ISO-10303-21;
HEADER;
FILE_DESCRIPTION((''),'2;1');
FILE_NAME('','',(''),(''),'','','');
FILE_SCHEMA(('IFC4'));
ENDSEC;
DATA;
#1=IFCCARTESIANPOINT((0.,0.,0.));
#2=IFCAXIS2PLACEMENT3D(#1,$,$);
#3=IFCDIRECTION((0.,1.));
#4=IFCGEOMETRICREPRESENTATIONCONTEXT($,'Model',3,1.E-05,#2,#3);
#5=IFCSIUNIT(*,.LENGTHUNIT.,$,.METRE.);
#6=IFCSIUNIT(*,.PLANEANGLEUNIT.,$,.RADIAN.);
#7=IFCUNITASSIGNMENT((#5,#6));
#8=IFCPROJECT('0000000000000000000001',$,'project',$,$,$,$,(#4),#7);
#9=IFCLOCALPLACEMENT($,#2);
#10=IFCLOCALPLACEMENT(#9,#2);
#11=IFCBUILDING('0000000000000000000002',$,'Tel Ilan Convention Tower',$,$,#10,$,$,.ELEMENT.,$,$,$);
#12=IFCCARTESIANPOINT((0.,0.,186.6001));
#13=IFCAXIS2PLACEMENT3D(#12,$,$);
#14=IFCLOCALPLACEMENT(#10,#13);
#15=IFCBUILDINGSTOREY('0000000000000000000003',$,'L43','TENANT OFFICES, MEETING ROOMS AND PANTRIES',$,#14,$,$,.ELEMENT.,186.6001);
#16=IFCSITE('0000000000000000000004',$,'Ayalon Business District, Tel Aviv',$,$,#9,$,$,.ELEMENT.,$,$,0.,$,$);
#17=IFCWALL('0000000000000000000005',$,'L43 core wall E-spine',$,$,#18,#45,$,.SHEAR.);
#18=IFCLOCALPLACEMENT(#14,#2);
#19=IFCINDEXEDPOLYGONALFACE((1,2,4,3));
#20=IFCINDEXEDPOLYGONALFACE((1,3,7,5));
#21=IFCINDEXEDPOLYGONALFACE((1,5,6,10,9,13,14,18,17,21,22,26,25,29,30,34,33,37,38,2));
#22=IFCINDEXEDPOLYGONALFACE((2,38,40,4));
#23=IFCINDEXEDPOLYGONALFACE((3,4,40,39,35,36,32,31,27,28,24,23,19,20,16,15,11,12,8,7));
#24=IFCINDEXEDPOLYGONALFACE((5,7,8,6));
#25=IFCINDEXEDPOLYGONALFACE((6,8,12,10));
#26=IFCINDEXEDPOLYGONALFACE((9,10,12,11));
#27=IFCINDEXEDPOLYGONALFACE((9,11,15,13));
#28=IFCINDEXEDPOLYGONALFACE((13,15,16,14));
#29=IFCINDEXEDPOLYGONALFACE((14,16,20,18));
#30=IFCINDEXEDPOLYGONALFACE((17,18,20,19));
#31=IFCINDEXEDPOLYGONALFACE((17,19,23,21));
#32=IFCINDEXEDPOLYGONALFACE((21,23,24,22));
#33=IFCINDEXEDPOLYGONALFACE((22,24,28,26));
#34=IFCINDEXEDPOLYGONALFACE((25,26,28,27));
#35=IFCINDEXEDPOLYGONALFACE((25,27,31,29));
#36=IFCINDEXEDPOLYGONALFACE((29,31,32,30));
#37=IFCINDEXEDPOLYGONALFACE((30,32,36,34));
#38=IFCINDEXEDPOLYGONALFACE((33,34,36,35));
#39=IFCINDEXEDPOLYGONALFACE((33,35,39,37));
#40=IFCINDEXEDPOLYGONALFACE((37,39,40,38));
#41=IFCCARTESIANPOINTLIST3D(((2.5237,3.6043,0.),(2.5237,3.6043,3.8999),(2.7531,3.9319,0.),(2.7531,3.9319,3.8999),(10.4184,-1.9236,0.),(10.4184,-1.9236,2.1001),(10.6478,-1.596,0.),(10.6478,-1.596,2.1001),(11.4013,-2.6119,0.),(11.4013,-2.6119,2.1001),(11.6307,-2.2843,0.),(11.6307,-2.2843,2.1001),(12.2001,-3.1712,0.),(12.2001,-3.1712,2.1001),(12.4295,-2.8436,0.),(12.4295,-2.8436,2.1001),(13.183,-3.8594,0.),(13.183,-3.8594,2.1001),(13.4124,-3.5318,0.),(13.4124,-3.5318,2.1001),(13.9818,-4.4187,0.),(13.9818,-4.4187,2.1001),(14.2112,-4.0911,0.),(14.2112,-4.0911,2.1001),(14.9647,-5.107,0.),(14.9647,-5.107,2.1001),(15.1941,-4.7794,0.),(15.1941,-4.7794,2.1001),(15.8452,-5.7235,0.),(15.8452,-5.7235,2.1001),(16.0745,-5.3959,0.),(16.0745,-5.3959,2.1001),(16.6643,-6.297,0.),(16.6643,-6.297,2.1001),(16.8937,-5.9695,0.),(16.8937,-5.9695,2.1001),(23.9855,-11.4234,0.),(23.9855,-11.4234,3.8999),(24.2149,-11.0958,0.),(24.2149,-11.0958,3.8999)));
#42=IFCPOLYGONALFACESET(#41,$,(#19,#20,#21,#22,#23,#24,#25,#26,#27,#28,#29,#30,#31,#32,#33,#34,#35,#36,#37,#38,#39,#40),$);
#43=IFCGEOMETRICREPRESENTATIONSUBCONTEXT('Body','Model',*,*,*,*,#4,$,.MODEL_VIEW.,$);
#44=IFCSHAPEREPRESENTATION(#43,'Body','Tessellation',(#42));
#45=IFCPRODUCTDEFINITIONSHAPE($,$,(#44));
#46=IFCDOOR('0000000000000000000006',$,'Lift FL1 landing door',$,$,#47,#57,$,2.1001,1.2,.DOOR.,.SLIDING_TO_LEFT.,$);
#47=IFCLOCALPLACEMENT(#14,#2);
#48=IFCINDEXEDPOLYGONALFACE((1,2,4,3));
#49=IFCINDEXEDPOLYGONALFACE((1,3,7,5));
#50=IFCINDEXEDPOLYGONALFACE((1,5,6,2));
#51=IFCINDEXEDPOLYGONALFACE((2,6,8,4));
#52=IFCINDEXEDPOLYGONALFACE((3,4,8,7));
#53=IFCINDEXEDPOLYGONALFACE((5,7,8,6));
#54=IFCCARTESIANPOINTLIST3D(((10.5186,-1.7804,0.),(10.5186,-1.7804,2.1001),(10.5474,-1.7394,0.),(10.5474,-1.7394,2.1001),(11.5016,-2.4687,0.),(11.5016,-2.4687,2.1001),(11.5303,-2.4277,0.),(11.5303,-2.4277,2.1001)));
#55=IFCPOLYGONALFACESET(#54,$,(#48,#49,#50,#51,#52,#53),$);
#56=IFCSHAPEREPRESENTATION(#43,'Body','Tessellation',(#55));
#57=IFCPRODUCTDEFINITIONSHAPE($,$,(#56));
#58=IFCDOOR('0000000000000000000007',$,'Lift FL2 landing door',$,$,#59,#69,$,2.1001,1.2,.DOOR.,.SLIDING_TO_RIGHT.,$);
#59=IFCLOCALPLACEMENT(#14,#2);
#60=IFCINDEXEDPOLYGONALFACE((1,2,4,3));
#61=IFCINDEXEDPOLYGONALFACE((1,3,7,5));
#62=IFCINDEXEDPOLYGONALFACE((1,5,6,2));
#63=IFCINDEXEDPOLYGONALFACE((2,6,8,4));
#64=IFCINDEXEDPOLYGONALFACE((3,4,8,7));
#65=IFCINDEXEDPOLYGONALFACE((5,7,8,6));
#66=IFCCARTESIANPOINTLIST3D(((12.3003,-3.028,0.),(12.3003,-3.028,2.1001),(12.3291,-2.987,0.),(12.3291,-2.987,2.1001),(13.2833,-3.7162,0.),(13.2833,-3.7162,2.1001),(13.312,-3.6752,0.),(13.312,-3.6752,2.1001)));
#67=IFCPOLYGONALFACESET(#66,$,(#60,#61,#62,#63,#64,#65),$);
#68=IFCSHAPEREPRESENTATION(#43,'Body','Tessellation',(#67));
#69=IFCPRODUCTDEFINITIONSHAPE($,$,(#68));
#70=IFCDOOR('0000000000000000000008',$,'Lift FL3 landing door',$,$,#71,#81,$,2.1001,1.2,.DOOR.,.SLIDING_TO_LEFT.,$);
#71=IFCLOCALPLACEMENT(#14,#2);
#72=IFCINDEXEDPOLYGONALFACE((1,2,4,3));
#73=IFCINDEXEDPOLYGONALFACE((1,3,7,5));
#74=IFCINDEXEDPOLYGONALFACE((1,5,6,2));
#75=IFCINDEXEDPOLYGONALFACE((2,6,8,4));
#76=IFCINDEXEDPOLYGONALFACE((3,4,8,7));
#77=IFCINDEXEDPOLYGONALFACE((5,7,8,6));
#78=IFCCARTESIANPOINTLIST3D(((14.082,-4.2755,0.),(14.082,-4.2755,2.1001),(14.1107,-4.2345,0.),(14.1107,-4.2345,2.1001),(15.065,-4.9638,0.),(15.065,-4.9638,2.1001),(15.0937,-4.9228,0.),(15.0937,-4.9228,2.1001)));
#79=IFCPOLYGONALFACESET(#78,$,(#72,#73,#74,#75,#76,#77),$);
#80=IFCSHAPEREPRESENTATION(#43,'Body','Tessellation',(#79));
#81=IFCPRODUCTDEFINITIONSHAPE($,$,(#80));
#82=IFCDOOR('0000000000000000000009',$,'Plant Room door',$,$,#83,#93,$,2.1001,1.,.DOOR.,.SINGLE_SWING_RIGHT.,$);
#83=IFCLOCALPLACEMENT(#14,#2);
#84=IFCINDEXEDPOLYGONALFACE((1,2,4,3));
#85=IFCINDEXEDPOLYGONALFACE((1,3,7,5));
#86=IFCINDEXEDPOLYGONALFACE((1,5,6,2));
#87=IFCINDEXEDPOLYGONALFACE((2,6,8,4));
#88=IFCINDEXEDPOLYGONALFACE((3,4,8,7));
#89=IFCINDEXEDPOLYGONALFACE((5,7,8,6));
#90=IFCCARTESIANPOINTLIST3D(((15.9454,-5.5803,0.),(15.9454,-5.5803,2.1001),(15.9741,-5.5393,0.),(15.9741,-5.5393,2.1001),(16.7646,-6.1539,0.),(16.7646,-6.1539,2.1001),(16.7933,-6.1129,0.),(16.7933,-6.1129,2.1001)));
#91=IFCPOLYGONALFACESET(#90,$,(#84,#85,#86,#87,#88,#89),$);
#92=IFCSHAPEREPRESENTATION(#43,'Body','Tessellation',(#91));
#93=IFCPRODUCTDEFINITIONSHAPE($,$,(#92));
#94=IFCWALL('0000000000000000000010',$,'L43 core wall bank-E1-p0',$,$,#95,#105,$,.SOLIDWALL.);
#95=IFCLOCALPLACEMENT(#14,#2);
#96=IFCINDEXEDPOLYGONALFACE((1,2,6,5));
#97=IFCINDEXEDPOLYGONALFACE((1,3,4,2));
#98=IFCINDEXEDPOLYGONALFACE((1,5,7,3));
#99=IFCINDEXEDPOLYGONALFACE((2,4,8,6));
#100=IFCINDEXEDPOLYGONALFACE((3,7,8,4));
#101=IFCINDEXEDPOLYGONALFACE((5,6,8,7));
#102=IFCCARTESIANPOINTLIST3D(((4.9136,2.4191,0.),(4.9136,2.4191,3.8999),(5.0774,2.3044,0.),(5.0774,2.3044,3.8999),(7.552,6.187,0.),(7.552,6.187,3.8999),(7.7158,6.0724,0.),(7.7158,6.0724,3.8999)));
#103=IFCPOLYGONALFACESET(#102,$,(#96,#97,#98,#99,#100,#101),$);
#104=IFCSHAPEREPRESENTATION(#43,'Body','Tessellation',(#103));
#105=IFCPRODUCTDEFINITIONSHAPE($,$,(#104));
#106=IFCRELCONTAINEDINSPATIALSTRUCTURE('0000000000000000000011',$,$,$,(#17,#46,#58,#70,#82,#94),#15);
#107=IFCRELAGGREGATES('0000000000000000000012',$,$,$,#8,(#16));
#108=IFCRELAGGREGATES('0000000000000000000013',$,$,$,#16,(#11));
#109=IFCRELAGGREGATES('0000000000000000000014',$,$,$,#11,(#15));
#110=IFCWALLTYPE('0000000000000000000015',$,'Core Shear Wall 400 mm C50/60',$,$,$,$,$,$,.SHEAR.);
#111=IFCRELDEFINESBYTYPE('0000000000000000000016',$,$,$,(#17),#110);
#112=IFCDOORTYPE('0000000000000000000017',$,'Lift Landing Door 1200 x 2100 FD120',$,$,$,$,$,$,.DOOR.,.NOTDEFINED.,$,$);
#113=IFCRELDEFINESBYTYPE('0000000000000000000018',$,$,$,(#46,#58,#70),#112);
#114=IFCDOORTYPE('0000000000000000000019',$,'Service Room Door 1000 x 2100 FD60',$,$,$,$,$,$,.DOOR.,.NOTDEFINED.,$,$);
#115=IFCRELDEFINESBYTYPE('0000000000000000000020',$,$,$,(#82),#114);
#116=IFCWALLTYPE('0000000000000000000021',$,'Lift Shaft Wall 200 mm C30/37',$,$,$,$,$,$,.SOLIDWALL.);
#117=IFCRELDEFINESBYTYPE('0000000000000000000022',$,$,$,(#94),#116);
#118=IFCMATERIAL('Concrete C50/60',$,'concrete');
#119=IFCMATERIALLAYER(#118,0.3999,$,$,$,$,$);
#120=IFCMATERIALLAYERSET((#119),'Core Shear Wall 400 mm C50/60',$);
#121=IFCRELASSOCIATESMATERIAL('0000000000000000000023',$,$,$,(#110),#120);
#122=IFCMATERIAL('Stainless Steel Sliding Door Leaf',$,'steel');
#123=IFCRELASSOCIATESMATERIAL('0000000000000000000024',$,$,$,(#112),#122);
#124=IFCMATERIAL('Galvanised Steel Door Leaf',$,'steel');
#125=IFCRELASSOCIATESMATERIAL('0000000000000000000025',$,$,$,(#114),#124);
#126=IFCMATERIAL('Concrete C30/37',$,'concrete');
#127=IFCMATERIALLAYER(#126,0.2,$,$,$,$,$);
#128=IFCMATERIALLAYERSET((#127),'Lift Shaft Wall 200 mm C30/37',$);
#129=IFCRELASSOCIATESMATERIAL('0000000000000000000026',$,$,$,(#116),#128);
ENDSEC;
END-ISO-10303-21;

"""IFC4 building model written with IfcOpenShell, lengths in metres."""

from ifc_helpers import new_model, si_unit, direction, frame, frame_2d, origin, place, context, subcontext, project, spatial, polyline, rectangle, outline, extrude, material, layer, layer_set, type_object, element, fill, save


model = new_model("IFC4")

# Units and contexts
model_context = context("Model", 3, precision=1e-05, world=origin(), true_north=direction((0.0, 1.0)))
body_context = subcontext(model_context, "Body", "Model", "MODEL_VIEW")
ifc_project = project(units=[si_unit("LENGTHUNIT", "METRE"), si_unit("PLANEANGLEUNIT", "RADIAN")], contexts=[model_context])

# Site, building, storey
site_placement = place(None, origin())
site = spatial("IfcSite", under=ifc_project, at=site_placement, Name="Ayalon Business District, Tel Aviv", CompositionType="ELEMENT", RefElevation=0.0)
building_placement = place(site_placement, origin())
building = spatial("IfcBuilding", under=site, at=building_placement, Name="Tel Ilan Convention Tower", CompositionType="ELEMENT")
storey_placement = place(building_placement, frame((0.0, 0.0, 186.6001)))
storey = spatial("IfcBuildingStorey", under=building, at=storey_placement, Name="L43", Description="TENANT OFFICES, MEETING ROOMS AND PANTRIES", CompositionType="ELEMENT", Elevation=186.6001)

# Wall, openings, doors
ifc_material_1 = material(Name="Concrete C50/60", Category="concrete")
ifc_layer_1 = layer(ifc_material_1, 0.3999)
ifc_layer_set_1 = layer_set([ifc_layer_1], Name="Core Shear Wall 400 mm C50/60")
wall_type_1 = type_object("IfcWallType", Name="Core Shear Wall 400 mm C50/60", PredefinedType="SHEAR", material=ifc_layer_set_1)
wall_1_placement = place(storey_placement, frame((2.6384, 3.7681, 0.0), z_axis=(0.0, 0.0, 1.0), x_axis=(0.819153, -0.573576, 0.0)))
wall_1 = element("IfcWall", 1, at=wall_1_placement, inside=storey, type_object=wall_type_1, Name="L43 core wall E-spine", PredefinedType="SHEAR", context=body_context, shape_type="SweptSolid", body=[
    extrude(outline(polyline([(0.0, 0.2), (0.0, -0.2), (26.2, -0.2), (26.2, 0.2), (0.0, 0.2)])), origin(), (0.0, 0.0, 1.0), 3.8999),
])
opening_1_placement = place(wall_1_placement, frame((9.6375, 0.0, 0.0)))
opening_1 = element("IfcOpeningElement", 2, at=opening_1_placement, cuts=wall_1, PredefinedType="OPENING", context=body_context, shape_type="SweptSolid", body=[
    extrude(rectangle(XDim=1.2, YDim=2.1001, at=frame_2d((0.6001, 1.05))), frame((0.0, 0.21, 0.0), z_axis=(0.0, -1.0, 0.0), x_axis=(1.0, 0.0, 0.0)), (0.0, 0.0, 1.0), 0.4199),
])
opening_2_placement = place(wall_1_placement, frame((11.8125, 0.0, 0.0)))
opening_2 = element("IfcOpeningElement", 3, at=opening_2_placement, cuts=wall_1, PredefinedType="OPENING", context=body_context, shape_type="SweptSolid", body=[
    extrude(rectangle(XDim=1.2, YDim=2.1001, at=frame_2d((0.6001, 1.05))), frame((0.0, 0.21, 0.0), z_axis=(0.0, -1.0, 0.0), x_axis=(1.0, 0.0, 0.0)), (0.0, 0.0, 1.0), 0.4199),
])
opening_3_placement = place(wall_1_placement, frame((13.9875, 0.0, 0.0)))
opening_3 = element("IfcOpeningElement", 4, at=opening_3_placement, cuts=wall_1, PredefinedType="OPENING", context=body_context, shape_type="SweptSolid", body=[
    extrude(rectangle(XDim=1.2, YDim=2.1001, at=frame_2d((0.6001, 1.05))), frame((0.0, 0.21, 0.0), z_axis=(0.0, -1.0, 0.0), x_axis=(1.0, 0.0, 0.0)), (0.0, 0.0, 1.0), 0.4199),
])
opening_4_placement = place(wall_1_placement, frame((16.2625, 0.0, 0.0)))
opening_4 = element("IfcOpeningElement", 5, at=opening_4_placement, cuts=wall_1, PredefinedType="OPENING", context=body_context, shape_type="SweptSolid", body=[
    extrude(rectangle(XDim=1.0, YDim=2.1001, at=frame_2d((0.5, 1.05))), frame((0.0, 0.21, 0.0), z_axis=(0.0, -1.0, 0.0), x_axis=(1.0, 0.0, 0.0)), (0.0, 0.0, 1.0), 0.4199),
])
ifc_material_2 = material(Name="Stainless Steel Sliding Door Leaf", Category="steel")
door_type_1 = type_object("IfcDoorType", Name="Lift Landing Door 1200 x 2100 FD120", OperationType="NOTDEFINED", PredefinedType="DOOR", material=ifc_material_2)
door_1_placement = place(opening_1_placement, origin())
door_1 = element("IfcDoor", 6, at=door_1_placement, inside=storey, type_object=door_type_1, Name="Lift FL1 landing door", OperationType="SLIDING_TO_LEFT", OverallHeight=2.1001, OverallWidth=1.2, PredefinedType="DOOR", context=body_context, shape_type="SweptSolid", body=[
    extrude(rectangle(XDim=1.2, YDim=2.1001, at=frame_2d((0.6001, 1.05))), frame((0.0, 0.0249, 0.0), z_axis=(0.0, -1.0, 0.0), x_axis=(1.0, 0.0, 0.0)), (0.0, 0.0, 1.0), 0.05),
])
fill(opening_1, door_1)
door_2_placement = place(opening_2_placement, origin())
door_2 = element("IfcDoor", 7, at=door_2_placement, inside=storey, type_object=door_type_1, Name="Lift FL2 landing door", OperationType="SLIDING_TO_RIGHT", OverallHeight=2.1001, OverallWidth=1.2, PredefinedType="DOOR", context=body_context, shape_type="SweptSolid", body=[
    extrude(rectangle(XDim=1.2, YDim=2.1001, at=frame_2d((0.6001, 1.05))), frame((0.0, 0.0249, 0.0), z_axis=(0.0, -1.0, 0.0), x_axis=(1.0, 0.0, 0.0)), (0.0, 0.0, 1.0), 0.05),
])
fill(opening_2, door_2)
door_3_placement = place(opening_3_placement, origin())
door_3 = element("IfcDoor", 8, at=door_3_placement, inside=storey, type_object=door_type_1, Name="Lift FL3 landing door", OperationType="SLIDING_TO_LEFT", OverallHeight=2.1001, OverallWidth=1.2, PredefinedType="DOOR", context=body_context, shape_type="SweptSolid", body=[
    extrude(rectangle(XDim=1.2, YDim=2.1001, at=frame_2d((0.6001, 1.05))), frame((0.0, 0.0249, 0.0), z_axis=(0.0, -1.0, 0.0), x_axis=(1.0, 0.0, 0.0)), (0.0, 0.0, 1.0), 0.05),
])
fill(opening_3, door_3)
ifc_material_3 = material(Name="Galvanised Steel Door Leaf", Category="steel")
door_type_2 = type_object("IfcDoorType", Name="Service Room Door 1000 x 2100 FD60", OperationType="NOTDEFINED", PredefinedType="DOOR", material=ifc_material_3)
door_4_placement = place(opening_4_placement, origin())
door_4 = element("IfcDoor", 9, at=door_4_placement, inside=storey, type_object=door_type_2, Name="Plant Room door", OperationType="SINGLE_SWING_RIGHT", OverallHeight=2.1001, OverallWidth=1.0, PredefinedType="DOOR", context=body_context, shape_type="SweptSolid", body=[
    extrude(rectangle(XDim=1.0, YDim=2.1001, at=frame_2d((0.5, 1.05))), frame((0.0, 0.0249, 0.0), z_axis=(0.0, -1.0, 0.0), x_axis=(1.0, 0.0, 0.0)), (0.0, 0.0, 1.0), 0.05),
])
fill(opening_4, door_4)

# Wall
ifc_material_4 = material(Name="Concrete C30/37", Category="concrete")
ifc_layer_2 = layer(ifc_material_4, 0.2)
ifc_layer_set_2 = layer_set([ifc_layer_2], Name="Lift Shaft Wall 200 mm C30/37")
wall_type_2 = type_object("IfcWallType", Name="Lift Shaft Wall 200 mm C30/37", PredefinedType="SOLIDWALL", material=ifc_layer_set_2)
wall_2_placement = place(storey_placement, frame((4.9956, 2.3618, 0.0), z_axis=(0.0, 0.0, 1.0), x_axis=(0.573576, 0.819152, 0.0)))
element("IfcWall", 10, at=wall_2_placement, inside=storey, type_object=wall_type_2, Name="L43 core wall bank-E1-p0", PredefinedType="SOLIDWALL", context=body_context, shape_type="SweptSolid", body=[
    extrude(rectangle(XDim=4.5999, YDim=0.2, at=frame_2d((2.2998, 0.0))), origin(), (0.0, 0.0, 1.0), 3.8999),
])

save(model, "model.ifc")
